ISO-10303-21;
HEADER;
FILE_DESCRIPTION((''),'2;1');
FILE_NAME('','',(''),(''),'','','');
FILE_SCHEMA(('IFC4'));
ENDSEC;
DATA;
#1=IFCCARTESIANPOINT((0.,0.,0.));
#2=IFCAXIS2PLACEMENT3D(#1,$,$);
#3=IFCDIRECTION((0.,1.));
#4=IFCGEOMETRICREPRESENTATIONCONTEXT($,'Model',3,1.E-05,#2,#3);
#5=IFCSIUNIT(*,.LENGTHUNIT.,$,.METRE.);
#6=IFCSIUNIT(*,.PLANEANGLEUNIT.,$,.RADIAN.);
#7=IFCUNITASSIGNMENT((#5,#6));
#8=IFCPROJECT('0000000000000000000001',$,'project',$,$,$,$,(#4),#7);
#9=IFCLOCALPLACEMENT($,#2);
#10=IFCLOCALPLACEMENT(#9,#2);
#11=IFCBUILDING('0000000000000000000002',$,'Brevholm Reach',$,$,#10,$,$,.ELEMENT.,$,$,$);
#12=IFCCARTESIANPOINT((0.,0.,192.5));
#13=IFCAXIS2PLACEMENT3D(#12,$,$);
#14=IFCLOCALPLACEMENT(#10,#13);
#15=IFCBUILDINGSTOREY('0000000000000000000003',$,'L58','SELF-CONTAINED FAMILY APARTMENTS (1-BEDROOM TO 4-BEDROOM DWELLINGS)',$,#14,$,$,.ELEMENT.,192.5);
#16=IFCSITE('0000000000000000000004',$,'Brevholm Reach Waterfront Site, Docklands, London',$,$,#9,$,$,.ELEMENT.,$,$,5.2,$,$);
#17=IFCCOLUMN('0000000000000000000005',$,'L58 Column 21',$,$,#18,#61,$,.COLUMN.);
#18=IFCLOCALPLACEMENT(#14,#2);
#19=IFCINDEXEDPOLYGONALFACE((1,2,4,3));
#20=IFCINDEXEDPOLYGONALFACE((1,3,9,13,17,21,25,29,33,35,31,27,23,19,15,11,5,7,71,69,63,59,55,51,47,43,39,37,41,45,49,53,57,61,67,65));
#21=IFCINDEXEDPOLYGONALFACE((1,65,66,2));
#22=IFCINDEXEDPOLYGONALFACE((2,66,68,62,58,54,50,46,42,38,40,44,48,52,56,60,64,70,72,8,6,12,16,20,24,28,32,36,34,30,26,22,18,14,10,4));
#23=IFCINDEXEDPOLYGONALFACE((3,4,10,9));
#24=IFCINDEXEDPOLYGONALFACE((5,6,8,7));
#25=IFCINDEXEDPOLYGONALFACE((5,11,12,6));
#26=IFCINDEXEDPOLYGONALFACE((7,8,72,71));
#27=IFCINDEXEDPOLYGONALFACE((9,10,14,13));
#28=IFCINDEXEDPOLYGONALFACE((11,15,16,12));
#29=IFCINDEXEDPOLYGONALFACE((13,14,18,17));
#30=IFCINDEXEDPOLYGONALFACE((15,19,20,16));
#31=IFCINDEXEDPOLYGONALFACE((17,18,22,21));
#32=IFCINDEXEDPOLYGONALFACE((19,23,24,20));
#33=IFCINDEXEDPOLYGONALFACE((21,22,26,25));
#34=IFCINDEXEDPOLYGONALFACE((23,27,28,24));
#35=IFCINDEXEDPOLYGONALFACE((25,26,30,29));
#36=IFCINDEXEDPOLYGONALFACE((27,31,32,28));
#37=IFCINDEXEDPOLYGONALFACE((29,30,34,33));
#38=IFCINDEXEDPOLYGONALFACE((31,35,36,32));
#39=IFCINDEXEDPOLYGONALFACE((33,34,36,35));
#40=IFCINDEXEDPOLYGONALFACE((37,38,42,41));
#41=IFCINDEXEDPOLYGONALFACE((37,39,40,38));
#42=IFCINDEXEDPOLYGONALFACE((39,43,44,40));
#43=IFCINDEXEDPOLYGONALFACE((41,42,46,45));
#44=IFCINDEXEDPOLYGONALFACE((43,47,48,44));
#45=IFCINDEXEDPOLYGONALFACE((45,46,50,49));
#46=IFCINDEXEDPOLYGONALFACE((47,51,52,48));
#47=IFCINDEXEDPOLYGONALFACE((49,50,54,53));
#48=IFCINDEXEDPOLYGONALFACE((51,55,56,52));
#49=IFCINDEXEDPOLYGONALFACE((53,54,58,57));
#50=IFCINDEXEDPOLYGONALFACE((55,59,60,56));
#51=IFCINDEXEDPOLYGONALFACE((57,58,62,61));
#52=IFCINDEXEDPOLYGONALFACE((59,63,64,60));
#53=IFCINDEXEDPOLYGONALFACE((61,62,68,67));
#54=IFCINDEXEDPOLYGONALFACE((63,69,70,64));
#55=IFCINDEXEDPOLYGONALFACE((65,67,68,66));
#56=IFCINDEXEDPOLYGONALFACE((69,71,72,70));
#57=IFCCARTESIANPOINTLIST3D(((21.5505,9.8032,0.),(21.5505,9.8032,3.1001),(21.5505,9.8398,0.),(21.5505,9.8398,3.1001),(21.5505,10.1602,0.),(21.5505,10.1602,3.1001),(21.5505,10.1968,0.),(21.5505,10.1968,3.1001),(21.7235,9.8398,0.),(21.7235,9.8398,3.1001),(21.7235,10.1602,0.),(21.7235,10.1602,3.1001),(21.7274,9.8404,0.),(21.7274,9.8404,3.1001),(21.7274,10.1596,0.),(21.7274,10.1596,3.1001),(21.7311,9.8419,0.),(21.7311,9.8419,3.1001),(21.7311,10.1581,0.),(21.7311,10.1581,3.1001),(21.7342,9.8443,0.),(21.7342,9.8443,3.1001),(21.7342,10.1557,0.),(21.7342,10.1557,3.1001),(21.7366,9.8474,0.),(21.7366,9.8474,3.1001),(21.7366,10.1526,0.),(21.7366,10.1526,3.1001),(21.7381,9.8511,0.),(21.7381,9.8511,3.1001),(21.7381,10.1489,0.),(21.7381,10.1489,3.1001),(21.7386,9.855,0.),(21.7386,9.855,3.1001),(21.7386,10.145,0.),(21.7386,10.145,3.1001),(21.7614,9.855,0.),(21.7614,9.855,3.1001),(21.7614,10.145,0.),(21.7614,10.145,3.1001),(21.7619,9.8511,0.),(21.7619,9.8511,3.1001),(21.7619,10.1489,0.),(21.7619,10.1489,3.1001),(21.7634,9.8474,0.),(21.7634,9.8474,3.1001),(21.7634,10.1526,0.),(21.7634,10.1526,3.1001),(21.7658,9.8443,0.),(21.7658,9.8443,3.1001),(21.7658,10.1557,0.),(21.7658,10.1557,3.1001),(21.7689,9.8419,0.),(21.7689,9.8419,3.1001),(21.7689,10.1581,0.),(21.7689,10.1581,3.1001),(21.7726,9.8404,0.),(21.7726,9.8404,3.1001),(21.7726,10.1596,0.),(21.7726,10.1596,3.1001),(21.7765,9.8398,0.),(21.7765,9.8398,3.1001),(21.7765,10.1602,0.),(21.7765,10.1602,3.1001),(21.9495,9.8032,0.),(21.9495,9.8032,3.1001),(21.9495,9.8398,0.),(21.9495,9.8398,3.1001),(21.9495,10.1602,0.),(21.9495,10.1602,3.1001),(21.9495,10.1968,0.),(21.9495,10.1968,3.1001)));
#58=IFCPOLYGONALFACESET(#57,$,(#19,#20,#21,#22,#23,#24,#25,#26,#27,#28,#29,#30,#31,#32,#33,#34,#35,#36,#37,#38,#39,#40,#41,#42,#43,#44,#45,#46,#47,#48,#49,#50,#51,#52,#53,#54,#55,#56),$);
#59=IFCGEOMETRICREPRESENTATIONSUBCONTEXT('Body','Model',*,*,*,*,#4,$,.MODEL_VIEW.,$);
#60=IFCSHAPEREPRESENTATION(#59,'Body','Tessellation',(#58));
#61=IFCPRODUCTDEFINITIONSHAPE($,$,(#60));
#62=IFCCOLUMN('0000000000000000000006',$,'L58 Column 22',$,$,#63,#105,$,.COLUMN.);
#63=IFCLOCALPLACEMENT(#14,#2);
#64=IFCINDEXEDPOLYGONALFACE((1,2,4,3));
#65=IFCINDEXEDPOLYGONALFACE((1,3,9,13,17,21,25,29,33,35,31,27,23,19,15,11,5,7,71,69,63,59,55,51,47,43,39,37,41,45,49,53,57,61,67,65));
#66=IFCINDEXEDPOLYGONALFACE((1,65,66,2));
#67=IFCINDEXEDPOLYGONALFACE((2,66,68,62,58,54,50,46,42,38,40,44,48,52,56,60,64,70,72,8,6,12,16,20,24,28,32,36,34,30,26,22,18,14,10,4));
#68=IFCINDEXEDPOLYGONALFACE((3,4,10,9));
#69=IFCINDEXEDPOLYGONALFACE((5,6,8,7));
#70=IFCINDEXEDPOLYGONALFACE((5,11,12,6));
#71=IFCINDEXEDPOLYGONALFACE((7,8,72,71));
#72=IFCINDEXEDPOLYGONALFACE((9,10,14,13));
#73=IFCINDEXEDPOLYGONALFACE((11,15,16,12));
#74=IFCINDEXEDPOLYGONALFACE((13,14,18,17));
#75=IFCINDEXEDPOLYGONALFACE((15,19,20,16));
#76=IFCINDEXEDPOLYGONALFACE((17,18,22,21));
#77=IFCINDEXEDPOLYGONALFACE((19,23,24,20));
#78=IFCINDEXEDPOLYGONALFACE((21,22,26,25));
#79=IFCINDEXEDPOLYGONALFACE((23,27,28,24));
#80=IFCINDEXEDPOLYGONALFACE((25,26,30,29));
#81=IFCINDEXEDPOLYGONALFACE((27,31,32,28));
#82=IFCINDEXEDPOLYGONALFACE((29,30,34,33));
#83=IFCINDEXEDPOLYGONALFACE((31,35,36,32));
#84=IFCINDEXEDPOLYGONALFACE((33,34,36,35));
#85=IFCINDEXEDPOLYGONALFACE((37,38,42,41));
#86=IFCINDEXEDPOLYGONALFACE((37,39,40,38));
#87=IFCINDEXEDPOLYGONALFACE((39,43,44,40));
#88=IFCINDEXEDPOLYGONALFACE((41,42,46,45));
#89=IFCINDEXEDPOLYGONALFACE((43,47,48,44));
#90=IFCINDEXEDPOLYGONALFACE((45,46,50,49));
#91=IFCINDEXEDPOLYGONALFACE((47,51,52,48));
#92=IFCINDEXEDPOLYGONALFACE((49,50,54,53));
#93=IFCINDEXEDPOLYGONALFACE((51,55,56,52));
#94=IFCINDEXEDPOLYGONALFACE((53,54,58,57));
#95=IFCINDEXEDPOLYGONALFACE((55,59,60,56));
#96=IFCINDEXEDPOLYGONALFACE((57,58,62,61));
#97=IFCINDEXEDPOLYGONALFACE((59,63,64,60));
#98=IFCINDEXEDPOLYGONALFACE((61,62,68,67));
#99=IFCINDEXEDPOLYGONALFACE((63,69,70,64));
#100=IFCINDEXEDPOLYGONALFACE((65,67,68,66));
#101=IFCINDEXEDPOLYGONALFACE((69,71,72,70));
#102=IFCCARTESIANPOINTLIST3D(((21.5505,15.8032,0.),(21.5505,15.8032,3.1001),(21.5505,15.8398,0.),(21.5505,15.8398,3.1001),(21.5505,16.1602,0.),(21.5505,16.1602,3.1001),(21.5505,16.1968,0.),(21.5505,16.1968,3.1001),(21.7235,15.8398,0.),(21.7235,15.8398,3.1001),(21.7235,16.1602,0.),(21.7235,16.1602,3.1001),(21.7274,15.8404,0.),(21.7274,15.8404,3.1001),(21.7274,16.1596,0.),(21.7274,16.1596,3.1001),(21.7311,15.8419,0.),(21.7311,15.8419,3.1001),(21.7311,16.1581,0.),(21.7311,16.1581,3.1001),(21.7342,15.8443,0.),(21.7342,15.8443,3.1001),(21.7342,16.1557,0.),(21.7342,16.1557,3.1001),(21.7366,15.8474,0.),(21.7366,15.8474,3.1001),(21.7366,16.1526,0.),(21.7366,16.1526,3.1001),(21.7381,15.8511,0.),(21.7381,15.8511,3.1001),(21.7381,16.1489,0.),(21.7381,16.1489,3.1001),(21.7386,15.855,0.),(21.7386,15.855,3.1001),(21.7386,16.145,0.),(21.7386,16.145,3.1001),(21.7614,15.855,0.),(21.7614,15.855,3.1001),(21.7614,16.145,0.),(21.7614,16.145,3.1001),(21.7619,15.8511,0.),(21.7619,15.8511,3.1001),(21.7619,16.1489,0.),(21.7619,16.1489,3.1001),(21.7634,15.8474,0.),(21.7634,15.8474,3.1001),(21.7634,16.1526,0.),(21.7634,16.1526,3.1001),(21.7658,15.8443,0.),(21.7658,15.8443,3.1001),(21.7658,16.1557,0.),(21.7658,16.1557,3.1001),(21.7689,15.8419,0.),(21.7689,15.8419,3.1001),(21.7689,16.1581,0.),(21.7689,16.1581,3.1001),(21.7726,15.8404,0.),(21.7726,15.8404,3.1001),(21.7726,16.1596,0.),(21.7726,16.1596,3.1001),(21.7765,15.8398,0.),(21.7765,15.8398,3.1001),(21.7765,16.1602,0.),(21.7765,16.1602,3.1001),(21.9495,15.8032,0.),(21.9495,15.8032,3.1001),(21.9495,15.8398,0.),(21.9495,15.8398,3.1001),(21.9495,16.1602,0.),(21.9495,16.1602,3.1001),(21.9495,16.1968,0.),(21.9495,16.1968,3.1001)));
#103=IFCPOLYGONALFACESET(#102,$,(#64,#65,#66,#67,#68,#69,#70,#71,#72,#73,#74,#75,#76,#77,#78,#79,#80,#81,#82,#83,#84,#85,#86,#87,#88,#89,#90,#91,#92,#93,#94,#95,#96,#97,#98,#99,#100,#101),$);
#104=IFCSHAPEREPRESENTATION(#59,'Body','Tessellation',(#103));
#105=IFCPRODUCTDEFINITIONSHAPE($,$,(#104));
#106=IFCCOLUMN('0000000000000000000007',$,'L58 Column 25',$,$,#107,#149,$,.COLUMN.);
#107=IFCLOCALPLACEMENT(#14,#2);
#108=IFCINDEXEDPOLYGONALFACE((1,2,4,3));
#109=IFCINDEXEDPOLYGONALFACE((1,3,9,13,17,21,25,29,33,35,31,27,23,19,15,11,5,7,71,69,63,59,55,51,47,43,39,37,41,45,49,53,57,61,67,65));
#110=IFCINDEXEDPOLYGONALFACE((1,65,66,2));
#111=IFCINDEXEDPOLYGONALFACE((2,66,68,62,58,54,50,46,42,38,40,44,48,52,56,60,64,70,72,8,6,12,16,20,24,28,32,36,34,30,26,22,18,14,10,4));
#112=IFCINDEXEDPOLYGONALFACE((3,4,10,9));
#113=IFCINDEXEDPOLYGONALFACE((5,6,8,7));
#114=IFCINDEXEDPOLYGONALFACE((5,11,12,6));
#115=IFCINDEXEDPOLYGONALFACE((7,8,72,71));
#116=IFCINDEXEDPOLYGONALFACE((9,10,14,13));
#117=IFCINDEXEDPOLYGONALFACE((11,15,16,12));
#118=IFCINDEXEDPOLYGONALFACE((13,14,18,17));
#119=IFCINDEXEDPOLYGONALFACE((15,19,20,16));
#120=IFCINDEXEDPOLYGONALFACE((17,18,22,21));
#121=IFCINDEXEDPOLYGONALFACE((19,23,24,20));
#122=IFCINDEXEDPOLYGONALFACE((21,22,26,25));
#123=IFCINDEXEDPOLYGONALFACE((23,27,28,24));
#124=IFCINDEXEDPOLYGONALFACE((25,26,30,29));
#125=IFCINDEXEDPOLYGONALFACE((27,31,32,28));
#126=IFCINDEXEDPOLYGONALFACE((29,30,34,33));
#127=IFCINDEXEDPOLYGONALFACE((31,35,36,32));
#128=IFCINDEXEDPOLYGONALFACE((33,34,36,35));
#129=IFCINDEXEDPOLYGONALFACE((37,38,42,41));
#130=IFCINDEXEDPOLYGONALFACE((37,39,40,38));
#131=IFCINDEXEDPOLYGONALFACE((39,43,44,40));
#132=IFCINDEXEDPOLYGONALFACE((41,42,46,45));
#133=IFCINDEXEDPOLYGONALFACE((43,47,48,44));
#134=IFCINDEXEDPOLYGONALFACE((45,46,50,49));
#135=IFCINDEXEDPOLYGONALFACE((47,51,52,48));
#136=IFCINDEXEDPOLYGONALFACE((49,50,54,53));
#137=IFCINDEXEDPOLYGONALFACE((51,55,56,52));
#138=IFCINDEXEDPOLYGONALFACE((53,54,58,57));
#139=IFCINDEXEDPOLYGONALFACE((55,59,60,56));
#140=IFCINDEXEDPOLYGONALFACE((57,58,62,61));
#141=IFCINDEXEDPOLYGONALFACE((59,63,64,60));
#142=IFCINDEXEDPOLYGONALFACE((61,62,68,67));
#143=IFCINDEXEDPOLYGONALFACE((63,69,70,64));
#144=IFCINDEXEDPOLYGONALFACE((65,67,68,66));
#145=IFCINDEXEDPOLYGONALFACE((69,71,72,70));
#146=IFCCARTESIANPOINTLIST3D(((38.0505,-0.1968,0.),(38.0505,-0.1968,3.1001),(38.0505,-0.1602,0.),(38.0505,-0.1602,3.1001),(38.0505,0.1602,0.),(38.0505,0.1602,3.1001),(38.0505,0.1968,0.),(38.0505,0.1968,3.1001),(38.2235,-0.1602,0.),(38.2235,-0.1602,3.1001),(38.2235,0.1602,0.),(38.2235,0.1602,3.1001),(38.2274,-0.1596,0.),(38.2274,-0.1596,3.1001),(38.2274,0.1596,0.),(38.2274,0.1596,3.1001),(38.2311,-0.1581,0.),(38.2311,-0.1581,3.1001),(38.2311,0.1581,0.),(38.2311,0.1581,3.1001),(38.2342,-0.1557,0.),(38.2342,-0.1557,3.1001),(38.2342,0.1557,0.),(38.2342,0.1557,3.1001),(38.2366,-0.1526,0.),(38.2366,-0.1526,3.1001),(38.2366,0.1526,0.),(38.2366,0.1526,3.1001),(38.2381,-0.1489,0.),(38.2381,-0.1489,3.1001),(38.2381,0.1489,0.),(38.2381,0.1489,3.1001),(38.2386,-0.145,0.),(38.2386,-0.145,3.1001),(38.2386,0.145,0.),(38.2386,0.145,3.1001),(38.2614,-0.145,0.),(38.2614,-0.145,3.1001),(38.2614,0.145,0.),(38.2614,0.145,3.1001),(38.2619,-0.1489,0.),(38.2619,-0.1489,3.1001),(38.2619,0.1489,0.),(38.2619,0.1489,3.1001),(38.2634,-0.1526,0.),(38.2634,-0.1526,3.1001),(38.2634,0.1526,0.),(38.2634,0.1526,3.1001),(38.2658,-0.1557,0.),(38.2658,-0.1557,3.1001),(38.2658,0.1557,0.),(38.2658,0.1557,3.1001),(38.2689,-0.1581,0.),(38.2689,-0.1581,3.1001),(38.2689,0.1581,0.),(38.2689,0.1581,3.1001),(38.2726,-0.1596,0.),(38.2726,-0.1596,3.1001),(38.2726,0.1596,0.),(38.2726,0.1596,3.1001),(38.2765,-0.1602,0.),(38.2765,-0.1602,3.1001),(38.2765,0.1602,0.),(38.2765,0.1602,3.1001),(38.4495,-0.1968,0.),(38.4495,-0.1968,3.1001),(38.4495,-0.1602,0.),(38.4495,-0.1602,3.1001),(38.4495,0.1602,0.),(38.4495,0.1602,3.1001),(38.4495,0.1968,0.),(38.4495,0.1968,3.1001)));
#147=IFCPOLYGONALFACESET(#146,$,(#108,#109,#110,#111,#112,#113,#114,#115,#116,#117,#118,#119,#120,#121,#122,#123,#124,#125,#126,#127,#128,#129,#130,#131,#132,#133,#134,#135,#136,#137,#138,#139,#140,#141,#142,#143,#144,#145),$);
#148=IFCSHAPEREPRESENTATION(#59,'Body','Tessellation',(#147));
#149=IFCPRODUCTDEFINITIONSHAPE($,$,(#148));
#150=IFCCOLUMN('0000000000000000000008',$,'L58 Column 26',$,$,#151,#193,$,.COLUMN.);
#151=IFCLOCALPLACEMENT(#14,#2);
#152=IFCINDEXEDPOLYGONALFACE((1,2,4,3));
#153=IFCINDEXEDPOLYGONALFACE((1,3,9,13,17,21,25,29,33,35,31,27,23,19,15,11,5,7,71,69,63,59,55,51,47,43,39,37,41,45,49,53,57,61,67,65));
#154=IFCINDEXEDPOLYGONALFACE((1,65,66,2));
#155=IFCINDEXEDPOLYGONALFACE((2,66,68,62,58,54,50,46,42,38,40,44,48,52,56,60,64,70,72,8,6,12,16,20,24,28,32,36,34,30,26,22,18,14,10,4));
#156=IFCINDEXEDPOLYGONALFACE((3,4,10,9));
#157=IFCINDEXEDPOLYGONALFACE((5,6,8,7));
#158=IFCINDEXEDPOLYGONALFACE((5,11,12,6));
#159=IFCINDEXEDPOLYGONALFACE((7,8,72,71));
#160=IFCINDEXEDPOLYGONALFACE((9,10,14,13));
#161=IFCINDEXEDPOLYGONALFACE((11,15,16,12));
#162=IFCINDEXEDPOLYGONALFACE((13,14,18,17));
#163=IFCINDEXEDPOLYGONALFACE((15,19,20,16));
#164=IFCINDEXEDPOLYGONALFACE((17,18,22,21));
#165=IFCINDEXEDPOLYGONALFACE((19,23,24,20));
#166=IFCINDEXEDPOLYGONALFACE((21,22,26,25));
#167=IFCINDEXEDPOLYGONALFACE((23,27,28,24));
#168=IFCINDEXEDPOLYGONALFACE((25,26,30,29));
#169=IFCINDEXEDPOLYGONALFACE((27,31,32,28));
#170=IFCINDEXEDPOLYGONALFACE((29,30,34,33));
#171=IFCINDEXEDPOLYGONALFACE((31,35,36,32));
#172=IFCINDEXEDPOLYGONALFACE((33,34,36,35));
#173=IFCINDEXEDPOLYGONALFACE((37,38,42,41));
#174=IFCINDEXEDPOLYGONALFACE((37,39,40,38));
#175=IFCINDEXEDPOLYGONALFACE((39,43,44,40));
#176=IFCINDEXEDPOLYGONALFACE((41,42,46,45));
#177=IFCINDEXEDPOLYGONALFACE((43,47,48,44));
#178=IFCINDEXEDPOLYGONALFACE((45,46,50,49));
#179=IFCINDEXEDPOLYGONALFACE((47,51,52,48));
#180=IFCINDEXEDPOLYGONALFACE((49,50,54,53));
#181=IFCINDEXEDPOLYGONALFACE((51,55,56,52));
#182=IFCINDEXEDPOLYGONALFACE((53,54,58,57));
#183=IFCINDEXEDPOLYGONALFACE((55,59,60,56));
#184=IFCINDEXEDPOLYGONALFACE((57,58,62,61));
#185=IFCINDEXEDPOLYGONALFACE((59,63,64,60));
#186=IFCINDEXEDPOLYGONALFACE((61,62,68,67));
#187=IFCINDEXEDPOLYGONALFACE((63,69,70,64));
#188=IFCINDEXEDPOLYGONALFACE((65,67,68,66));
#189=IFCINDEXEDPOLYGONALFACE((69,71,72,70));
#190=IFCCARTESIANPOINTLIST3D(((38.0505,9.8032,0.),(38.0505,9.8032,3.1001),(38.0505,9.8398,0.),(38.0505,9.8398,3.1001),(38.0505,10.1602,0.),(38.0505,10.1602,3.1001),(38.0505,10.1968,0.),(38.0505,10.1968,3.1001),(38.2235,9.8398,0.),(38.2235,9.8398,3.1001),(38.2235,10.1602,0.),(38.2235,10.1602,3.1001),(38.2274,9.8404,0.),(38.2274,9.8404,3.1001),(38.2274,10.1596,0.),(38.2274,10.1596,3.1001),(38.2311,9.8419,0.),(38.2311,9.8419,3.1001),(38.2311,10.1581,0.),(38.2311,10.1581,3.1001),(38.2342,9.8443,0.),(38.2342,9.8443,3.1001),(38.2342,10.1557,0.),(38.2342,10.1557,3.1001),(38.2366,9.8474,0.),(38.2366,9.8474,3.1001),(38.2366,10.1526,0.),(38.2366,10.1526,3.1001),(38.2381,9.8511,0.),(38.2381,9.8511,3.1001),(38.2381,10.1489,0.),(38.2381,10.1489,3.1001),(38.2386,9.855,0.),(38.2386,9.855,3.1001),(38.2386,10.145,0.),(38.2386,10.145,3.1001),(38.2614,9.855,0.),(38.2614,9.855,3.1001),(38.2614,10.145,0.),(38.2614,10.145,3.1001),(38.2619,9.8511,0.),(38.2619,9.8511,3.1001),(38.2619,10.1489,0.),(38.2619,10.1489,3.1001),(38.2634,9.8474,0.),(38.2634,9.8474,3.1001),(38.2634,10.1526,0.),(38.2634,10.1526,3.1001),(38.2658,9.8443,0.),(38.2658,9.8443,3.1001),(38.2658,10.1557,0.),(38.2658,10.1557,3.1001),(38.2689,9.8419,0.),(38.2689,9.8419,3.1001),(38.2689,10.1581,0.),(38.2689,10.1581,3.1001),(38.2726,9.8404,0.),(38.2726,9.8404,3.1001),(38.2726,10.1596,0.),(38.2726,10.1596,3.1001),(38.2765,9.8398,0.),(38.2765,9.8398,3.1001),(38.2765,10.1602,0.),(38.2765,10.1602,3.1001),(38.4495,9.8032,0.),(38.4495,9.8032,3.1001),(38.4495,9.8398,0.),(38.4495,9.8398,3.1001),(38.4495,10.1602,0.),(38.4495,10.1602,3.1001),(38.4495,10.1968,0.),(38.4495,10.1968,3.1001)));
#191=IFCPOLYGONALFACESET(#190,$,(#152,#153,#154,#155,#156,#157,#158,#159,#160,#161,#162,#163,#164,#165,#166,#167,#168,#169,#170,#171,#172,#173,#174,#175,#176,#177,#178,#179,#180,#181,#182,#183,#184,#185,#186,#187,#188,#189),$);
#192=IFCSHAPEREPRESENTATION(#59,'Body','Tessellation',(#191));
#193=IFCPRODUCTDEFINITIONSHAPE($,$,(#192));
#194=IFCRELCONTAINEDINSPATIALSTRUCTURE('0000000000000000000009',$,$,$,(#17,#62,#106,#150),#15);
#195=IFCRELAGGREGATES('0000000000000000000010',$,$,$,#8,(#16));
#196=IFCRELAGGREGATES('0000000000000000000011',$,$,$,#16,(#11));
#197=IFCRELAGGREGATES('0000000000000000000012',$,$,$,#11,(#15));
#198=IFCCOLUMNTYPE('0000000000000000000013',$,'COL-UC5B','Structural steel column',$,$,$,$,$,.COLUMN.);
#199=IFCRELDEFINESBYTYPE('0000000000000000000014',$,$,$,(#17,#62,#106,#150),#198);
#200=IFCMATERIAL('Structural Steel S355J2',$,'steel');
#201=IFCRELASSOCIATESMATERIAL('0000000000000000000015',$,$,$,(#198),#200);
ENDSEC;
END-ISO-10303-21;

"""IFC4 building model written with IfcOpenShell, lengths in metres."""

from ifc_helpers import new_model, si_unit, direction, frame, origin, origin_2d, place, context, subcontext, project, spatial, i_section, extrude, material, material_profile, profile_set, type_object, element, save


model = new_model("IFC4")

# Units and contexts
model_context = context("Model", 3, precision=1e-05, world=origin(), true_north=direction((0.0, 1.0)))
body_context = subcontext(model_context, "Body", "Model", "MODEL_VIEW")
ifc_project = project(units=[si_unit("LENGTHUNIT", "METRE"), si_unit("PLANEANGLEUNIT", "RADIAN")], contexts=[model_context])

# Site, building, storey
site_placement = place(None, origin())
site = spatial("IfcSite", under=ifc_project, at=site_placement, Name="Brevholm Reach Waterfront Site, Docklands, London", CompositionType="ELEMENT", RefElevation=5.2)
building_placement = place(site_placement, origin())
building = spatial("IfcBuilding", under=site, at=building_placement, Name="Brevholm Reach", CompositionType="ELEMENT")
storey_placement = place(building_placement, frame((0.0, 0.0, 192.5)))
storey = spatial("IfcBuildingStorey", under=building, at=storey_placement, Name="L58", Description="SELF-CONTAINED FAMILY APARTMENTS (1-BEDROOM TO 4-BEDROOM DWELLINGS)", CompositionType="ELEMENT", Elevation=192.5)

# Columns
ifc_material_1 = material(Name="Structural Steel S355J2", Category="steel")
ifc_material_profile_1 = material_profile(ifc_material_1, i_section(OverallWidth=0.3989, OverallDepth=0.3936, WebThickness=0.0227, FlangeThickness=0.0366, FilletRadius=0.0151, at=origin_2d()), Name="UKC 356x406x287")
ifc_profile_set_1 = profile_set([ifc_material_profile_1], Name="Structural Steel S355J2")
column_type = type_object("IfcColumnType", Name="COL-UC5B", Description="Structural steel column", PredefinedType="COLUMN", material=ifc_profile_set_1)
for number, where, z_axis, x_axis, name in (
    (1, (21.75, 10.0, 0.0), (0.0, 0.0, 1.0), (1.0, 0.0, 0.0), "L58 Column 21"),
    (2, (21.75, 16.0, 0.0), (0.0, 0.0, 1.0), (1.0, 0.0, 0.0), "L58 Column 22"),
    (3, (38.25, 0.0, 0.0), (0.0, 0.0, 1.0), (1.0, 0.0, 0.0), "L58 Column 25"),
    (4, (38.25, 10.0, 0.0), (0.0, 0.0, 1.0), (1.0, 0.0, 0.0), "L58 Column 26"),
):
    element("IfcColumn", number, at=place(storey_placement, frame(where, z_axis=z_axis, x_axis=x_axis)), inside=storey, type_object=column_type, Name=name, PredefinedType="COLUMN", context=body_context, shape_type="SweptSolid", body=[
        extrude(i_section(OverallWidth=0.3989, OverallDepth=0.3936, WebThickness=0.0227, FlangeThickness=0.0366, FilletRadius=0.0151, at=origin_2d()), origin(), (0.0, 0.0, 1.0), 3.1001),
    ])

save(model, "model.ifc")
